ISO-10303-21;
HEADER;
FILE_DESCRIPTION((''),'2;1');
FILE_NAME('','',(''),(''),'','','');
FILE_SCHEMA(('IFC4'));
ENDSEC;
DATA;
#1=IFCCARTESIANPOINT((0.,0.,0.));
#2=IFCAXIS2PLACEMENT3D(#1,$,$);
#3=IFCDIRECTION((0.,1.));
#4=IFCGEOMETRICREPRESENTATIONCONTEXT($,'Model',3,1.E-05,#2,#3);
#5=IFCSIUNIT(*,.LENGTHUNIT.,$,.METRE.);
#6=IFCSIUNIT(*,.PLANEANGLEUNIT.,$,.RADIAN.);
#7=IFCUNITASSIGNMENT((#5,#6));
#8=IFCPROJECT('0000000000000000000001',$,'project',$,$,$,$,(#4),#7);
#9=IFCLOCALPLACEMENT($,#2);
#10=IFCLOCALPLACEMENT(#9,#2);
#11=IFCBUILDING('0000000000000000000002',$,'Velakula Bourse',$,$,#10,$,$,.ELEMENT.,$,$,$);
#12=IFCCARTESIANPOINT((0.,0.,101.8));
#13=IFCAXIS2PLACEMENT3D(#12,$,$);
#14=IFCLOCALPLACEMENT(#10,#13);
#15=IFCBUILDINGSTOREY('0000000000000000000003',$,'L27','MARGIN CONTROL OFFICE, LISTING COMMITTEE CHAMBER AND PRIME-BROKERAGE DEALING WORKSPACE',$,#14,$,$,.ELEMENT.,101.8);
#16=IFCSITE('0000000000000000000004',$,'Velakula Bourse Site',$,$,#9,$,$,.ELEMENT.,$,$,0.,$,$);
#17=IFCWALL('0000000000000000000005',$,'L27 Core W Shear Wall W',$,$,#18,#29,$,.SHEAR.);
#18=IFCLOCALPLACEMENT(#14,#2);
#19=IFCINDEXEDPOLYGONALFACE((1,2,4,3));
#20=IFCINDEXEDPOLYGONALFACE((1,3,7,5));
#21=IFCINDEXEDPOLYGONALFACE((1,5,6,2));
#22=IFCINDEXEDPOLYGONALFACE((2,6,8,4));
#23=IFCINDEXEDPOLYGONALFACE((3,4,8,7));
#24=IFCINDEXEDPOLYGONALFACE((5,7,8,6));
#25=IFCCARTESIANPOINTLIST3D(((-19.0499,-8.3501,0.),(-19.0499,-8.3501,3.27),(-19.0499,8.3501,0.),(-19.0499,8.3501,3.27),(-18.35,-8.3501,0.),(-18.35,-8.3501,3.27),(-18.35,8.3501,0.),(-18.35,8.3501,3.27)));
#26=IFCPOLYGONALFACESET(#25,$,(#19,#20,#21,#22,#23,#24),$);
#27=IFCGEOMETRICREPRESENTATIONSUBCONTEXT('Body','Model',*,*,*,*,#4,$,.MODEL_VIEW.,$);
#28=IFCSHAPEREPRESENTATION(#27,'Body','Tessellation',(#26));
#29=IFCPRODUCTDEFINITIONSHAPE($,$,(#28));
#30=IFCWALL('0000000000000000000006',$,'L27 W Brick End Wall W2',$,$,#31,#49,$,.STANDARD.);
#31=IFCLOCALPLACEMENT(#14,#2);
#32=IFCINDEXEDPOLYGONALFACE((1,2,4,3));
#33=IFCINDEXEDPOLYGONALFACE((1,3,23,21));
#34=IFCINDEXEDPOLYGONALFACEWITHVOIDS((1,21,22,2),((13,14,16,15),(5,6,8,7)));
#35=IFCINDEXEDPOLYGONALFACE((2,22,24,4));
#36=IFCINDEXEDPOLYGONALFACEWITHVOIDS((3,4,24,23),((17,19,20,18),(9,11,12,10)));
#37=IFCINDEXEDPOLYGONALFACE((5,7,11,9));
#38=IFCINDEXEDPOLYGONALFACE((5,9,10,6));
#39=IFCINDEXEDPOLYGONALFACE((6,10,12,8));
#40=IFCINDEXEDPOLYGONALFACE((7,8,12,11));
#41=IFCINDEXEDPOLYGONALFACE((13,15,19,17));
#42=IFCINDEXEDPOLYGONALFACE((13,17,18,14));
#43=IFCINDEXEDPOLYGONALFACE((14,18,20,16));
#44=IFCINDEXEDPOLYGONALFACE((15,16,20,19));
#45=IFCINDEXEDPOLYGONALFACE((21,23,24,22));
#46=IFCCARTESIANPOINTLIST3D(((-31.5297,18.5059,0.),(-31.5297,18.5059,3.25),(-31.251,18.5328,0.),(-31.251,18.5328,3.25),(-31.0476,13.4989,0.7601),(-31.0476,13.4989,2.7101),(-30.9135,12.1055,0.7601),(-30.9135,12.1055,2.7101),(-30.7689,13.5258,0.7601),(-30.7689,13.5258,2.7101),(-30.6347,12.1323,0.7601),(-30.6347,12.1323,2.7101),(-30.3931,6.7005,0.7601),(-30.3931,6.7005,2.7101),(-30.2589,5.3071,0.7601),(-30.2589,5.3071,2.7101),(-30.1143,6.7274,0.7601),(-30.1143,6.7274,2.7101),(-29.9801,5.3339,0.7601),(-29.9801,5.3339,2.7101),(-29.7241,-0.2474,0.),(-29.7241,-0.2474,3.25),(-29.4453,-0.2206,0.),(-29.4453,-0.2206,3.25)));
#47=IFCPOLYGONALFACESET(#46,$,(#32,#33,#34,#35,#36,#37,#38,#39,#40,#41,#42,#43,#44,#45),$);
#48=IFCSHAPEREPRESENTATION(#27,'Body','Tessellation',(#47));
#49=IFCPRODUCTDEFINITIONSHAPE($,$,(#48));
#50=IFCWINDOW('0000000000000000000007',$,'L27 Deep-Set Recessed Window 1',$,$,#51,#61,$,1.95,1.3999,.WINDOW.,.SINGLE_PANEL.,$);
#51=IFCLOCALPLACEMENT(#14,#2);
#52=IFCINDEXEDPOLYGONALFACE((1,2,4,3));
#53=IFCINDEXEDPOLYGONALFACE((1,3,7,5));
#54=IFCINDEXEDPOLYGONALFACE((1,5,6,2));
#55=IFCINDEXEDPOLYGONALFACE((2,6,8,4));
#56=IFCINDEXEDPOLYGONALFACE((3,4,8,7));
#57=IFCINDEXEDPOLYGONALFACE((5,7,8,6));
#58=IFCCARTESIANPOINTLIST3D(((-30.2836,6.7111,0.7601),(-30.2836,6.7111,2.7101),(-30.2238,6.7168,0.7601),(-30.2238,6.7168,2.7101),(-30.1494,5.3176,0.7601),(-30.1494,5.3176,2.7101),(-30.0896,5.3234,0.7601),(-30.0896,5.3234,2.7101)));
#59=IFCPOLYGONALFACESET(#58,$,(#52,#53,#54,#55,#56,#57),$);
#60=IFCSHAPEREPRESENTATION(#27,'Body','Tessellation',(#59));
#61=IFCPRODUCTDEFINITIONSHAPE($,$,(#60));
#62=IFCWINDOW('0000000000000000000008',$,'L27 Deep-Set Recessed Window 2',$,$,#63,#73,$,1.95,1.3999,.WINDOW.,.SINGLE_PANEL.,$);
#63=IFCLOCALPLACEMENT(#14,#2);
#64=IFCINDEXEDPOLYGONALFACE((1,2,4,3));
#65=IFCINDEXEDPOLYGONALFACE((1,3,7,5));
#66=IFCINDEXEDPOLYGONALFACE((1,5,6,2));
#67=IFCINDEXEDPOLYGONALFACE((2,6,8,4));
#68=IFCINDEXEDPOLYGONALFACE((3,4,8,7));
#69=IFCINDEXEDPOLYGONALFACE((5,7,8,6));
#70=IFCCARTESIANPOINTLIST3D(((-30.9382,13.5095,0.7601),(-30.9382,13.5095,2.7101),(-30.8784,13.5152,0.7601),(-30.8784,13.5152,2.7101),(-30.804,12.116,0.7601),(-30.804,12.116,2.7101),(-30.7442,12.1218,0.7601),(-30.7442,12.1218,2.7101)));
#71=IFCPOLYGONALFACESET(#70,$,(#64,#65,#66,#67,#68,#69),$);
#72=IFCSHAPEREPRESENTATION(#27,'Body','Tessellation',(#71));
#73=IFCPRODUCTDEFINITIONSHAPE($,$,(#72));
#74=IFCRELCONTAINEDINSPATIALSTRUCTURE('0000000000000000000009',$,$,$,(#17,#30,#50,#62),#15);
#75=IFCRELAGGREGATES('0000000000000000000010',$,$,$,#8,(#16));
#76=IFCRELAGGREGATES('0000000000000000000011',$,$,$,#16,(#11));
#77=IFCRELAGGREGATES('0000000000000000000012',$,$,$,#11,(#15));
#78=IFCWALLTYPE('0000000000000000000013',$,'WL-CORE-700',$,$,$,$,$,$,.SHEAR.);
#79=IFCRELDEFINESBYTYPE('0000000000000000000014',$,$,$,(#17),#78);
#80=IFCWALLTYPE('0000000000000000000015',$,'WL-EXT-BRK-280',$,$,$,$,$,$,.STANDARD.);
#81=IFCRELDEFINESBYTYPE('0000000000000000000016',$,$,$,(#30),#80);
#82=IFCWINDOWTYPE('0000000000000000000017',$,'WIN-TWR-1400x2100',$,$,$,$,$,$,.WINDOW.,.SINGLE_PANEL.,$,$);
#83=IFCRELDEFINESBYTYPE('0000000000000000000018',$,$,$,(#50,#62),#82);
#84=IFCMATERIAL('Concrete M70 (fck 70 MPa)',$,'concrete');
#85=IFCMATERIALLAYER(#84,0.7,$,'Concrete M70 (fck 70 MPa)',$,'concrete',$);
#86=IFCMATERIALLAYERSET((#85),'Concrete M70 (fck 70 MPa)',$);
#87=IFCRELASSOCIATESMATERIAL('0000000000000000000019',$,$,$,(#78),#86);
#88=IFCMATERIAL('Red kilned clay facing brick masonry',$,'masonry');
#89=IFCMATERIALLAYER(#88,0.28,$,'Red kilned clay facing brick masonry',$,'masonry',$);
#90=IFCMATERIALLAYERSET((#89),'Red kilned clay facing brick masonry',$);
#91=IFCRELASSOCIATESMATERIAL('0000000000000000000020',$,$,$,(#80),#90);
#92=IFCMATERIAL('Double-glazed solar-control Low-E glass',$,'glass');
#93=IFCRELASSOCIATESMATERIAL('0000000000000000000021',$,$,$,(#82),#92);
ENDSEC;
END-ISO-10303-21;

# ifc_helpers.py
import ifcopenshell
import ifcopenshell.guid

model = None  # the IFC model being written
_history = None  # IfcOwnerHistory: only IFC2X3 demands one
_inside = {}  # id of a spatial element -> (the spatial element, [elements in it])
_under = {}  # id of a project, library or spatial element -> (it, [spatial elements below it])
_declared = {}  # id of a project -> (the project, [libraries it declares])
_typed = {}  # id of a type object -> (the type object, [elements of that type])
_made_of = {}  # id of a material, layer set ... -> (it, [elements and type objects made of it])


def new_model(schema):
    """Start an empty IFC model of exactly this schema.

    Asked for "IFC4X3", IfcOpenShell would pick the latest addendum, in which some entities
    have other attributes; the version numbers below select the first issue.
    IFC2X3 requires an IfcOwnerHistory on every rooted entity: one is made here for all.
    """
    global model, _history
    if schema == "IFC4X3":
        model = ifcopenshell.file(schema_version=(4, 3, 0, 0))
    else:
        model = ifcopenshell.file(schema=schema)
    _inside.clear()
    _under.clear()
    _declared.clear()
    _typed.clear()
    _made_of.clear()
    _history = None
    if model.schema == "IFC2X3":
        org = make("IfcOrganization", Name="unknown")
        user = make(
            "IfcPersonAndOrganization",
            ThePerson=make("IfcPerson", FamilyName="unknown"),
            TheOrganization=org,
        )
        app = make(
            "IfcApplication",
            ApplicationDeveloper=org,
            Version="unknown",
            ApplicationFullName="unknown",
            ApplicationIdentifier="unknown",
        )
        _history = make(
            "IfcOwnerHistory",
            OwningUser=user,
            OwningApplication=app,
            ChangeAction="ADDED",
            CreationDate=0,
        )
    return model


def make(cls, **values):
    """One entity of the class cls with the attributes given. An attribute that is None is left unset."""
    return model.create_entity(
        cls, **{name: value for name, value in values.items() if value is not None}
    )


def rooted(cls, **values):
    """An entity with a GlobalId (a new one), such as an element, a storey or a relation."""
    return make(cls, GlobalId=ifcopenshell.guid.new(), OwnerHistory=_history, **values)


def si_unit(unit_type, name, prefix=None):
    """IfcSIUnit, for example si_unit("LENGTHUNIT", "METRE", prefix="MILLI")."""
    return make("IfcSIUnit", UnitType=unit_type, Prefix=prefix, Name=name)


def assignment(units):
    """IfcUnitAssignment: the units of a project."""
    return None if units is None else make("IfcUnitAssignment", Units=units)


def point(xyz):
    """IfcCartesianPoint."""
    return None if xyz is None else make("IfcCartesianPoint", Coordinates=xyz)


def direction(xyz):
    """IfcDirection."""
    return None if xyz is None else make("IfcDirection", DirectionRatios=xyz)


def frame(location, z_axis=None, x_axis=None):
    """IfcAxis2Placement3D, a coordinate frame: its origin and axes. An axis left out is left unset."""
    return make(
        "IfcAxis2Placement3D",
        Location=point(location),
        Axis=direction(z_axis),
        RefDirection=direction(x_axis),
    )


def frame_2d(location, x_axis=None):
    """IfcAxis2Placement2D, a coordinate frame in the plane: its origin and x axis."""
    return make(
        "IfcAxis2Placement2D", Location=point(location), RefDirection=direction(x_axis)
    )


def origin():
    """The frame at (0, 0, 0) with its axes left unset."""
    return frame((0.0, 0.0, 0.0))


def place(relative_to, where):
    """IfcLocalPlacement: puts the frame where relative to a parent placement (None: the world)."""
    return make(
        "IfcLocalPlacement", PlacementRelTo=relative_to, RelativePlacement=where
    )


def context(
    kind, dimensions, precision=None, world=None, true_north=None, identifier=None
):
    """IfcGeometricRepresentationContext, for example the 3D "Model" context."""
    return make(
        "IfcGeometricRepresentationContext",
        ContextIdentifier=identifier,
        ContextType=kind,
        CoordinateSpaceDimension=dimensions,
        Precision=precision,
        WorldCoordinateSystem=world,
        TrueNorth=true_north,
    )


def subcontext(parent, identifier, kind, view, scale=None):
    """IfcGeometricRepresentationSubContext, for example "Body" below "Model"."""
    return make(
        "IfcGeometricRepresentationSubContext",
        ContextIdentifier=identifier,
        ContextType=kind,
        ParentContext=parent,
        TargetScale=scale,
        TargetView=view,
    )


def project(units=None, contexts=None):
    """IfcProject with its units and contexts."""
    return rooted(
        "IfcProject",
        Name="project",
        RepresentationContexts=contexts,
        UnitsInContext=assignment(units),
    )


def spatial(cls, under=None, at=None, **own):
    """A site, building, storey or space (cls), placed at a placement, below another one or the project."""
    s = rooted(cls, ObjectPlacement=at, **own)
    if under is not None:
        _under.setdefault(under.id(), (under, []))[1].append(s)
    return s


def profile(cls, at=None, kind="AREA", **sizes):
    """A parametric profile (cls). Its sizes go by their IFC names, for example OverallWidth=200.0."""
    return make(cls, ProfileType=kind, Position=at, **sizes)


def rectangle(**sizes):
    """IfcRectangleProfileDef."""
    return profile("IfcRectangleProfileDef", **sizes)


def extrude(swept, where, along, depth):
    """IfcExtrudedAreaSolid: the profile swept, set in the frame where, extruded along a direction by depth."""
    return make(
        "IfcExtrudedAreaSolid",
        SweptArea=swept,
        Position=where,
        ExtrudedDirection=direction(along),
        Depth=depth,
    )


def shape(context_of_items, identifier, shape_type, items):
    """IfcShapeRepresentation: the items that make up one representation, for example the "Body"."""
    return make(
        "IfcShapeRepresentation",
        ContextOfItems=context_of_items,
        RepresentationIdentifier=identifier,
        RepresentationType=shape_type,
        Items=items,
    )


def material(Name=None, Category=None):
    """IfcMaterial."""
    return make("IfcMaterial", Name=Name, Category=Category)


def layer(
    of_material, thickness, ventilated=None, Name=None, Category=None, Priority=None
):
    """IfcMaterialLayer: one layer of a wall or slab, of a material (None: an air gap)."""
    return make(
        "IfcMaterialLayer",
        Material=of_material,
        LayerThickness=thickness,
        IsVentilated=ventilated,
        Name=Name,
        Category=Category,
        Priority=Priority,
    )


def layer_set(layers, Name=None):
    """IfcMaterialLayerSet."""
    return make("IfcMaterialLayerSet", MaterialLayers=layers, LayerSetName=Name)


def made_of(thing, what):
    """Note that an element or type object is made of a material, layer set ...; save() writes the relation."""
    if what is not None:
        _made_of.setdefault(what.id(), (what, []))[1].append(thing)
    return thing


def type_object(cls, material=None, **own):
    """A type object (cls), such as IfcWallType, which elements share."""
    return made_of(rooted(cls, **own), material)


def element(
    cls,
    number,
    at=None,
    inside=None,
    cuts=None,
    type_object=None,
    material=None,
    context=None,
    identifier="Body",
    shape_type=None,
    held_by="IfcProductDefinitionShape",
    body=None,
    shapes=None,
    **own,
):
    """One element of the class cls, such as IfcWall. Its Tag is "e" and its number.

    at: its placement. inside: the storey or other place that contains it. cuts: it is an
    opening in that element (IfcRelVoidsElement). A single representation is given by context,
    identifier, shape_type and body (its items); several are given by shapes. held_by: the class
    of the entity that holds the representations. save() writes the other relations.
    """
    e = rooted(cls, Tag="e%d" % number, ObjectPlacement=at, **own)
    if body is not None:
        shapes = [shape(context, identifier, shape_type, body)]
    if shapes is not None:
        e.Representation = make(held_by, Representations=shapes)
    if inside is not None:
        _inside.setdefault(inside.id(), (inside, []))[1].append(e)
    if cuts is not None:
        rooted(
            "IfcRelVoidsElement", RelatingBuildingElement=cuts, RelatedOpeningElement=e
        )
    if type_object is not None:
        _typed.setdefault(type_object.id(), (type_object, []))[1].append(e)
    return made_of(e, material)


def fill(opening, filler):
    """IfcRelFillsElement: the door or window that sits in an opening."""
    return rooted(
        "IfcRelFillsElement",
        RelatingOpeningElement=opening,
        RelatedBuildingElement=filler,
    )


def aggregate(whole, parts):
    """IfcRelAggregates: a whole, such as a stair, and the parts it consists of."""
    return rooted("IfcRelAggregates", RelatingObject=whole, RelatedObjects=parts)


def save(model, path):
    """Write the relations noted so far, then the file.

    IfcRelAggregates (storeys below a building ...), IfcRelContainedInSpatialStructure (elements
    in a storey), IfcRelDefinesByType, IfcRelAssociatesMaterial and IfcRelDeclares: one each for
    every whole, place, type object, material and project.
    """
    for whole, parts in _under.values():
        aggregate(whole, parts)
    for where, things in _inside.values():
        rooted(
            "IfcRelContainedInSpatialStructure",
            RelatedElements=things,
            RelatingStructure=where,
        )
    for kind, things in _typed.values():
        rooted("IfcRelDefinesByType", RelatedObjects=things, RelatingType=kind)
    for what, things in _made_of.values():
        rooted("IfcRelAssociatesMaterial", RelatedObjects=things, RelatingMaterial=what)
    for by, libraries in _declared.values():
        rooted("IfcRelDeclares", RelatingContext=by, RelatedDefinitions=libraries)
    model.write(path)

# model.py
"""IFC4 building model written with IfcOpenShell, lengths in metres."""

from ifc_helpers import new_model, si_unit, direction, frame, frame_2d, origin, place, context, subcontext, project, spatial, rectangle, extrude, material, layer, layer_set, type_object, element, fill, save


model = new_model("IFC4")

# Units and contexts
model_context = context("Model", 3, precision=1e-05, world=origin(), true_north=direction((0.0, 1.0)))
body_context = subcontext(model_context, "Body", "Model", "MODEL_VIEW")
ifc_project = project(units=[si_unit("LENGTHUNIT", "METRE"), si_unit("PLANEANGLEUNIT", "RADIAN")], contexts=[model_context])

# Site, building, storey
site_placement = place(None, origin())
site = spatial("IfcSite", under=ifc_project, at=site_placement, Name="Velakula Bourse Site", CompositionType="ELEMENT", RefElevation=0.0)
building_placement = place(site_placement, origin())
building = spatial("IfcBuilding", under=site, at=building_placement, Name="Velakula Bourse", CompositionType="ELEMENT")
storey_placement = place(building_placement, frame((0.0, 0.0, 101.8)))
storey = spatial("IfcBuildingStorey", under=building, at=storey_placement, Name="L27", Description="MARGIN CONTROL OFFICE, LISTING COMMITTEE CHAMBER AND PRIME-BROKERAGE DEALING WORKSPACE", CompositionType="ELEMENT", Elevation=101.8)

# Wall
ifc_material_1 = material(Name="Concrete M70 (fck 70 MPa)", Category="concrete")
ifc_layer_1 = layer(ifc_material_1, 0.7, Name="Concrete M70 (fck 70 MPa)", Category="concrete")
ifc_layer_set_1 = layer_set([ifc_layer_1], Name="Concrete M70 (fck 70 MPa)")
wall_type_1 = type_object("IfcWallType", Name="WL-CORE-700", PredefinedType="SHEAR", material=ifc_layer_set_1)
wall_1_placement = place(storey_placement, frame((-18.7, -8.3501, 0.0), z_axis=(0.0, 0.0, 1.0), x_axis=(0.0, 1.0, 0.0)))
element("IfcWall", 1, at=wall_1_placement, inside=storey, type_object=wall_type_1, Name="L27 Core W Shear Wall W", PredefinedType="SHEAR", context=body_context, shape_type="SweptSolid", body=[
    extrude(rectangle(XDim=16.7002, YDim=0.7, at=frame_2d((8.3501, 0.0))), origin(), (0.0, 0.0, 1.0), 3.27),
])

# Wall, openings, windows
ifc_material_2 = material(Name="Red kilned clay facing brick masonry", Category="masonry")
ifc_layer_2 = layer(ifc_material_2, 0.28, Name="Red kilned clay facing brick masonry", Category="masonry")
ifc_layer_set_2 = layer_set([ifc_layer_2], Name="Red kilned clay facing brick masonry")
wall_type_2 = type_object("IfcWallType", Name="WL-EXT-BRK-280", PredefinedType="STANDARD", material=ifc_layer_set_2)
wall_2_placement = place(storey_placement, frame((-29.5847, -0.2339, 0.0), z_axis=(0.0, 0.0, 1.0), x_axis=(-0.095841, 0.995397, 0.0)))
wall_2 = element("IfcWall", 2, at=wall_2_placement, inside=storey, type_object=wall_type_2, Name="L27 W Brick End Wall W2", PredefinedType="STANDARD", context=body_context, shape_type="SweptSolid", body=[
    extrude(rectangle(XDim=18.8401, YDim=0.28, at=frame_2d((9.4199, 0.0))), origin(), (0.0, 0.0, 1.0), 3.25),
])
opening_1_placement = place(wall_2_placement, frame((5.5801, 0.0, 0.76)))
opening_1 = element("IfcOpeningElement", 3, at=opening_1_placement, cuts=wall_2, PredefinedType="OPENING", context=body_context, shape_type="SweptSolid", body=[
    extrude(rectangle(XDim=1.3999, YDim=1.95, at=frame_2d((0.7, 0.9751))), frame((0.0, 0.1499, 0.0), z_axis=(0.0, -1.0, 0.0), x_axis=(1.0, 0.0, 0.0)), (0.0, 0.0, 1.0), 0.3),
])
opening_2_placement = place(wall_2_placement, frame((12.4099, 0.0, 0.76)))
opening_2 = element("IfcOpeningElement", 4, at=opening_2_placement, cuts=wall_2, PredefinedType="OPENING", context=body_context, shape_type="SweptSolid", body=[
    extrude(rectangle(XDim=1.3999, YDim=1.95, at=frame_2d((0.7, 0.9751))), frame((0.0, 0.1499, 0.0), z_axis=(0.0, -1.0, 0.0), x_axis=(1.0, 0.0, 0.0)), (0.0, 0.0, 1.0), 0.3),
])
ifc_material_3 = material(Name="Double-glazed solar-control Low-E glass", Category="glass")
window_type = type_object("IfcWindowType", Name="WIN-TWR-1400x2100", PartitioningType="SINGLE_PANEL", PredefinedType="WINDOW", material=ifc_material_3)
window_1_placement = place(opening_1_placement, origin())
window_1 = element("IfcWindow", 5, at=window_1_placement, inside=storey, type_object=window_type, Name="L27 Deep-Set Recessed Window 1", OverallHeight=1.95, OverallWidth=1.3999, PartitioningType="SINGLE_PANEL", PredefinedType="WINDOW", context=body_context, shape_type="SweptSolid", body=[
    extrude(rectangle(XDim=1.3999, YDim=1.95, at=frame_2d((0.7, 0.9751))), frame((0.0, 0.03, 0.0), z_axis=(0.0, -1.0, 0.0), x_axis=(1.0, 0.0, 0.0)), (0.0, 0.0, 1.0), 0.0601),
])
fill(opening_1, window_1)
window_2_placement = place(opening_2_placement, origin())
window_2 = element("IfcWindow", 6, at=window_2_placement, inside=storey, type_object=window_type, Name="L27 Deep-Set Recessed Window 2", OverallHeight=1.95, OverallWidth=1.3999, PartitioningType="SINGLE_PANEL", PredefinedType="WINDOW", context=body_context, shape_type="SweptSolid", body=[
    extrude(rectangle(XDim=1.3999, YDim=1.95, at=frame_2d((0.7, 0.9751))), frame((0.0, 0.03, 0.0), z_axis=(0.0, -1.0, 0.0), x_axis=(1.0, 0.0, 0.0)), (0.0, 0.0, 1.0), 0.0601),
])
fill(opening_2, window_2)

save(model, "model.ifc")
